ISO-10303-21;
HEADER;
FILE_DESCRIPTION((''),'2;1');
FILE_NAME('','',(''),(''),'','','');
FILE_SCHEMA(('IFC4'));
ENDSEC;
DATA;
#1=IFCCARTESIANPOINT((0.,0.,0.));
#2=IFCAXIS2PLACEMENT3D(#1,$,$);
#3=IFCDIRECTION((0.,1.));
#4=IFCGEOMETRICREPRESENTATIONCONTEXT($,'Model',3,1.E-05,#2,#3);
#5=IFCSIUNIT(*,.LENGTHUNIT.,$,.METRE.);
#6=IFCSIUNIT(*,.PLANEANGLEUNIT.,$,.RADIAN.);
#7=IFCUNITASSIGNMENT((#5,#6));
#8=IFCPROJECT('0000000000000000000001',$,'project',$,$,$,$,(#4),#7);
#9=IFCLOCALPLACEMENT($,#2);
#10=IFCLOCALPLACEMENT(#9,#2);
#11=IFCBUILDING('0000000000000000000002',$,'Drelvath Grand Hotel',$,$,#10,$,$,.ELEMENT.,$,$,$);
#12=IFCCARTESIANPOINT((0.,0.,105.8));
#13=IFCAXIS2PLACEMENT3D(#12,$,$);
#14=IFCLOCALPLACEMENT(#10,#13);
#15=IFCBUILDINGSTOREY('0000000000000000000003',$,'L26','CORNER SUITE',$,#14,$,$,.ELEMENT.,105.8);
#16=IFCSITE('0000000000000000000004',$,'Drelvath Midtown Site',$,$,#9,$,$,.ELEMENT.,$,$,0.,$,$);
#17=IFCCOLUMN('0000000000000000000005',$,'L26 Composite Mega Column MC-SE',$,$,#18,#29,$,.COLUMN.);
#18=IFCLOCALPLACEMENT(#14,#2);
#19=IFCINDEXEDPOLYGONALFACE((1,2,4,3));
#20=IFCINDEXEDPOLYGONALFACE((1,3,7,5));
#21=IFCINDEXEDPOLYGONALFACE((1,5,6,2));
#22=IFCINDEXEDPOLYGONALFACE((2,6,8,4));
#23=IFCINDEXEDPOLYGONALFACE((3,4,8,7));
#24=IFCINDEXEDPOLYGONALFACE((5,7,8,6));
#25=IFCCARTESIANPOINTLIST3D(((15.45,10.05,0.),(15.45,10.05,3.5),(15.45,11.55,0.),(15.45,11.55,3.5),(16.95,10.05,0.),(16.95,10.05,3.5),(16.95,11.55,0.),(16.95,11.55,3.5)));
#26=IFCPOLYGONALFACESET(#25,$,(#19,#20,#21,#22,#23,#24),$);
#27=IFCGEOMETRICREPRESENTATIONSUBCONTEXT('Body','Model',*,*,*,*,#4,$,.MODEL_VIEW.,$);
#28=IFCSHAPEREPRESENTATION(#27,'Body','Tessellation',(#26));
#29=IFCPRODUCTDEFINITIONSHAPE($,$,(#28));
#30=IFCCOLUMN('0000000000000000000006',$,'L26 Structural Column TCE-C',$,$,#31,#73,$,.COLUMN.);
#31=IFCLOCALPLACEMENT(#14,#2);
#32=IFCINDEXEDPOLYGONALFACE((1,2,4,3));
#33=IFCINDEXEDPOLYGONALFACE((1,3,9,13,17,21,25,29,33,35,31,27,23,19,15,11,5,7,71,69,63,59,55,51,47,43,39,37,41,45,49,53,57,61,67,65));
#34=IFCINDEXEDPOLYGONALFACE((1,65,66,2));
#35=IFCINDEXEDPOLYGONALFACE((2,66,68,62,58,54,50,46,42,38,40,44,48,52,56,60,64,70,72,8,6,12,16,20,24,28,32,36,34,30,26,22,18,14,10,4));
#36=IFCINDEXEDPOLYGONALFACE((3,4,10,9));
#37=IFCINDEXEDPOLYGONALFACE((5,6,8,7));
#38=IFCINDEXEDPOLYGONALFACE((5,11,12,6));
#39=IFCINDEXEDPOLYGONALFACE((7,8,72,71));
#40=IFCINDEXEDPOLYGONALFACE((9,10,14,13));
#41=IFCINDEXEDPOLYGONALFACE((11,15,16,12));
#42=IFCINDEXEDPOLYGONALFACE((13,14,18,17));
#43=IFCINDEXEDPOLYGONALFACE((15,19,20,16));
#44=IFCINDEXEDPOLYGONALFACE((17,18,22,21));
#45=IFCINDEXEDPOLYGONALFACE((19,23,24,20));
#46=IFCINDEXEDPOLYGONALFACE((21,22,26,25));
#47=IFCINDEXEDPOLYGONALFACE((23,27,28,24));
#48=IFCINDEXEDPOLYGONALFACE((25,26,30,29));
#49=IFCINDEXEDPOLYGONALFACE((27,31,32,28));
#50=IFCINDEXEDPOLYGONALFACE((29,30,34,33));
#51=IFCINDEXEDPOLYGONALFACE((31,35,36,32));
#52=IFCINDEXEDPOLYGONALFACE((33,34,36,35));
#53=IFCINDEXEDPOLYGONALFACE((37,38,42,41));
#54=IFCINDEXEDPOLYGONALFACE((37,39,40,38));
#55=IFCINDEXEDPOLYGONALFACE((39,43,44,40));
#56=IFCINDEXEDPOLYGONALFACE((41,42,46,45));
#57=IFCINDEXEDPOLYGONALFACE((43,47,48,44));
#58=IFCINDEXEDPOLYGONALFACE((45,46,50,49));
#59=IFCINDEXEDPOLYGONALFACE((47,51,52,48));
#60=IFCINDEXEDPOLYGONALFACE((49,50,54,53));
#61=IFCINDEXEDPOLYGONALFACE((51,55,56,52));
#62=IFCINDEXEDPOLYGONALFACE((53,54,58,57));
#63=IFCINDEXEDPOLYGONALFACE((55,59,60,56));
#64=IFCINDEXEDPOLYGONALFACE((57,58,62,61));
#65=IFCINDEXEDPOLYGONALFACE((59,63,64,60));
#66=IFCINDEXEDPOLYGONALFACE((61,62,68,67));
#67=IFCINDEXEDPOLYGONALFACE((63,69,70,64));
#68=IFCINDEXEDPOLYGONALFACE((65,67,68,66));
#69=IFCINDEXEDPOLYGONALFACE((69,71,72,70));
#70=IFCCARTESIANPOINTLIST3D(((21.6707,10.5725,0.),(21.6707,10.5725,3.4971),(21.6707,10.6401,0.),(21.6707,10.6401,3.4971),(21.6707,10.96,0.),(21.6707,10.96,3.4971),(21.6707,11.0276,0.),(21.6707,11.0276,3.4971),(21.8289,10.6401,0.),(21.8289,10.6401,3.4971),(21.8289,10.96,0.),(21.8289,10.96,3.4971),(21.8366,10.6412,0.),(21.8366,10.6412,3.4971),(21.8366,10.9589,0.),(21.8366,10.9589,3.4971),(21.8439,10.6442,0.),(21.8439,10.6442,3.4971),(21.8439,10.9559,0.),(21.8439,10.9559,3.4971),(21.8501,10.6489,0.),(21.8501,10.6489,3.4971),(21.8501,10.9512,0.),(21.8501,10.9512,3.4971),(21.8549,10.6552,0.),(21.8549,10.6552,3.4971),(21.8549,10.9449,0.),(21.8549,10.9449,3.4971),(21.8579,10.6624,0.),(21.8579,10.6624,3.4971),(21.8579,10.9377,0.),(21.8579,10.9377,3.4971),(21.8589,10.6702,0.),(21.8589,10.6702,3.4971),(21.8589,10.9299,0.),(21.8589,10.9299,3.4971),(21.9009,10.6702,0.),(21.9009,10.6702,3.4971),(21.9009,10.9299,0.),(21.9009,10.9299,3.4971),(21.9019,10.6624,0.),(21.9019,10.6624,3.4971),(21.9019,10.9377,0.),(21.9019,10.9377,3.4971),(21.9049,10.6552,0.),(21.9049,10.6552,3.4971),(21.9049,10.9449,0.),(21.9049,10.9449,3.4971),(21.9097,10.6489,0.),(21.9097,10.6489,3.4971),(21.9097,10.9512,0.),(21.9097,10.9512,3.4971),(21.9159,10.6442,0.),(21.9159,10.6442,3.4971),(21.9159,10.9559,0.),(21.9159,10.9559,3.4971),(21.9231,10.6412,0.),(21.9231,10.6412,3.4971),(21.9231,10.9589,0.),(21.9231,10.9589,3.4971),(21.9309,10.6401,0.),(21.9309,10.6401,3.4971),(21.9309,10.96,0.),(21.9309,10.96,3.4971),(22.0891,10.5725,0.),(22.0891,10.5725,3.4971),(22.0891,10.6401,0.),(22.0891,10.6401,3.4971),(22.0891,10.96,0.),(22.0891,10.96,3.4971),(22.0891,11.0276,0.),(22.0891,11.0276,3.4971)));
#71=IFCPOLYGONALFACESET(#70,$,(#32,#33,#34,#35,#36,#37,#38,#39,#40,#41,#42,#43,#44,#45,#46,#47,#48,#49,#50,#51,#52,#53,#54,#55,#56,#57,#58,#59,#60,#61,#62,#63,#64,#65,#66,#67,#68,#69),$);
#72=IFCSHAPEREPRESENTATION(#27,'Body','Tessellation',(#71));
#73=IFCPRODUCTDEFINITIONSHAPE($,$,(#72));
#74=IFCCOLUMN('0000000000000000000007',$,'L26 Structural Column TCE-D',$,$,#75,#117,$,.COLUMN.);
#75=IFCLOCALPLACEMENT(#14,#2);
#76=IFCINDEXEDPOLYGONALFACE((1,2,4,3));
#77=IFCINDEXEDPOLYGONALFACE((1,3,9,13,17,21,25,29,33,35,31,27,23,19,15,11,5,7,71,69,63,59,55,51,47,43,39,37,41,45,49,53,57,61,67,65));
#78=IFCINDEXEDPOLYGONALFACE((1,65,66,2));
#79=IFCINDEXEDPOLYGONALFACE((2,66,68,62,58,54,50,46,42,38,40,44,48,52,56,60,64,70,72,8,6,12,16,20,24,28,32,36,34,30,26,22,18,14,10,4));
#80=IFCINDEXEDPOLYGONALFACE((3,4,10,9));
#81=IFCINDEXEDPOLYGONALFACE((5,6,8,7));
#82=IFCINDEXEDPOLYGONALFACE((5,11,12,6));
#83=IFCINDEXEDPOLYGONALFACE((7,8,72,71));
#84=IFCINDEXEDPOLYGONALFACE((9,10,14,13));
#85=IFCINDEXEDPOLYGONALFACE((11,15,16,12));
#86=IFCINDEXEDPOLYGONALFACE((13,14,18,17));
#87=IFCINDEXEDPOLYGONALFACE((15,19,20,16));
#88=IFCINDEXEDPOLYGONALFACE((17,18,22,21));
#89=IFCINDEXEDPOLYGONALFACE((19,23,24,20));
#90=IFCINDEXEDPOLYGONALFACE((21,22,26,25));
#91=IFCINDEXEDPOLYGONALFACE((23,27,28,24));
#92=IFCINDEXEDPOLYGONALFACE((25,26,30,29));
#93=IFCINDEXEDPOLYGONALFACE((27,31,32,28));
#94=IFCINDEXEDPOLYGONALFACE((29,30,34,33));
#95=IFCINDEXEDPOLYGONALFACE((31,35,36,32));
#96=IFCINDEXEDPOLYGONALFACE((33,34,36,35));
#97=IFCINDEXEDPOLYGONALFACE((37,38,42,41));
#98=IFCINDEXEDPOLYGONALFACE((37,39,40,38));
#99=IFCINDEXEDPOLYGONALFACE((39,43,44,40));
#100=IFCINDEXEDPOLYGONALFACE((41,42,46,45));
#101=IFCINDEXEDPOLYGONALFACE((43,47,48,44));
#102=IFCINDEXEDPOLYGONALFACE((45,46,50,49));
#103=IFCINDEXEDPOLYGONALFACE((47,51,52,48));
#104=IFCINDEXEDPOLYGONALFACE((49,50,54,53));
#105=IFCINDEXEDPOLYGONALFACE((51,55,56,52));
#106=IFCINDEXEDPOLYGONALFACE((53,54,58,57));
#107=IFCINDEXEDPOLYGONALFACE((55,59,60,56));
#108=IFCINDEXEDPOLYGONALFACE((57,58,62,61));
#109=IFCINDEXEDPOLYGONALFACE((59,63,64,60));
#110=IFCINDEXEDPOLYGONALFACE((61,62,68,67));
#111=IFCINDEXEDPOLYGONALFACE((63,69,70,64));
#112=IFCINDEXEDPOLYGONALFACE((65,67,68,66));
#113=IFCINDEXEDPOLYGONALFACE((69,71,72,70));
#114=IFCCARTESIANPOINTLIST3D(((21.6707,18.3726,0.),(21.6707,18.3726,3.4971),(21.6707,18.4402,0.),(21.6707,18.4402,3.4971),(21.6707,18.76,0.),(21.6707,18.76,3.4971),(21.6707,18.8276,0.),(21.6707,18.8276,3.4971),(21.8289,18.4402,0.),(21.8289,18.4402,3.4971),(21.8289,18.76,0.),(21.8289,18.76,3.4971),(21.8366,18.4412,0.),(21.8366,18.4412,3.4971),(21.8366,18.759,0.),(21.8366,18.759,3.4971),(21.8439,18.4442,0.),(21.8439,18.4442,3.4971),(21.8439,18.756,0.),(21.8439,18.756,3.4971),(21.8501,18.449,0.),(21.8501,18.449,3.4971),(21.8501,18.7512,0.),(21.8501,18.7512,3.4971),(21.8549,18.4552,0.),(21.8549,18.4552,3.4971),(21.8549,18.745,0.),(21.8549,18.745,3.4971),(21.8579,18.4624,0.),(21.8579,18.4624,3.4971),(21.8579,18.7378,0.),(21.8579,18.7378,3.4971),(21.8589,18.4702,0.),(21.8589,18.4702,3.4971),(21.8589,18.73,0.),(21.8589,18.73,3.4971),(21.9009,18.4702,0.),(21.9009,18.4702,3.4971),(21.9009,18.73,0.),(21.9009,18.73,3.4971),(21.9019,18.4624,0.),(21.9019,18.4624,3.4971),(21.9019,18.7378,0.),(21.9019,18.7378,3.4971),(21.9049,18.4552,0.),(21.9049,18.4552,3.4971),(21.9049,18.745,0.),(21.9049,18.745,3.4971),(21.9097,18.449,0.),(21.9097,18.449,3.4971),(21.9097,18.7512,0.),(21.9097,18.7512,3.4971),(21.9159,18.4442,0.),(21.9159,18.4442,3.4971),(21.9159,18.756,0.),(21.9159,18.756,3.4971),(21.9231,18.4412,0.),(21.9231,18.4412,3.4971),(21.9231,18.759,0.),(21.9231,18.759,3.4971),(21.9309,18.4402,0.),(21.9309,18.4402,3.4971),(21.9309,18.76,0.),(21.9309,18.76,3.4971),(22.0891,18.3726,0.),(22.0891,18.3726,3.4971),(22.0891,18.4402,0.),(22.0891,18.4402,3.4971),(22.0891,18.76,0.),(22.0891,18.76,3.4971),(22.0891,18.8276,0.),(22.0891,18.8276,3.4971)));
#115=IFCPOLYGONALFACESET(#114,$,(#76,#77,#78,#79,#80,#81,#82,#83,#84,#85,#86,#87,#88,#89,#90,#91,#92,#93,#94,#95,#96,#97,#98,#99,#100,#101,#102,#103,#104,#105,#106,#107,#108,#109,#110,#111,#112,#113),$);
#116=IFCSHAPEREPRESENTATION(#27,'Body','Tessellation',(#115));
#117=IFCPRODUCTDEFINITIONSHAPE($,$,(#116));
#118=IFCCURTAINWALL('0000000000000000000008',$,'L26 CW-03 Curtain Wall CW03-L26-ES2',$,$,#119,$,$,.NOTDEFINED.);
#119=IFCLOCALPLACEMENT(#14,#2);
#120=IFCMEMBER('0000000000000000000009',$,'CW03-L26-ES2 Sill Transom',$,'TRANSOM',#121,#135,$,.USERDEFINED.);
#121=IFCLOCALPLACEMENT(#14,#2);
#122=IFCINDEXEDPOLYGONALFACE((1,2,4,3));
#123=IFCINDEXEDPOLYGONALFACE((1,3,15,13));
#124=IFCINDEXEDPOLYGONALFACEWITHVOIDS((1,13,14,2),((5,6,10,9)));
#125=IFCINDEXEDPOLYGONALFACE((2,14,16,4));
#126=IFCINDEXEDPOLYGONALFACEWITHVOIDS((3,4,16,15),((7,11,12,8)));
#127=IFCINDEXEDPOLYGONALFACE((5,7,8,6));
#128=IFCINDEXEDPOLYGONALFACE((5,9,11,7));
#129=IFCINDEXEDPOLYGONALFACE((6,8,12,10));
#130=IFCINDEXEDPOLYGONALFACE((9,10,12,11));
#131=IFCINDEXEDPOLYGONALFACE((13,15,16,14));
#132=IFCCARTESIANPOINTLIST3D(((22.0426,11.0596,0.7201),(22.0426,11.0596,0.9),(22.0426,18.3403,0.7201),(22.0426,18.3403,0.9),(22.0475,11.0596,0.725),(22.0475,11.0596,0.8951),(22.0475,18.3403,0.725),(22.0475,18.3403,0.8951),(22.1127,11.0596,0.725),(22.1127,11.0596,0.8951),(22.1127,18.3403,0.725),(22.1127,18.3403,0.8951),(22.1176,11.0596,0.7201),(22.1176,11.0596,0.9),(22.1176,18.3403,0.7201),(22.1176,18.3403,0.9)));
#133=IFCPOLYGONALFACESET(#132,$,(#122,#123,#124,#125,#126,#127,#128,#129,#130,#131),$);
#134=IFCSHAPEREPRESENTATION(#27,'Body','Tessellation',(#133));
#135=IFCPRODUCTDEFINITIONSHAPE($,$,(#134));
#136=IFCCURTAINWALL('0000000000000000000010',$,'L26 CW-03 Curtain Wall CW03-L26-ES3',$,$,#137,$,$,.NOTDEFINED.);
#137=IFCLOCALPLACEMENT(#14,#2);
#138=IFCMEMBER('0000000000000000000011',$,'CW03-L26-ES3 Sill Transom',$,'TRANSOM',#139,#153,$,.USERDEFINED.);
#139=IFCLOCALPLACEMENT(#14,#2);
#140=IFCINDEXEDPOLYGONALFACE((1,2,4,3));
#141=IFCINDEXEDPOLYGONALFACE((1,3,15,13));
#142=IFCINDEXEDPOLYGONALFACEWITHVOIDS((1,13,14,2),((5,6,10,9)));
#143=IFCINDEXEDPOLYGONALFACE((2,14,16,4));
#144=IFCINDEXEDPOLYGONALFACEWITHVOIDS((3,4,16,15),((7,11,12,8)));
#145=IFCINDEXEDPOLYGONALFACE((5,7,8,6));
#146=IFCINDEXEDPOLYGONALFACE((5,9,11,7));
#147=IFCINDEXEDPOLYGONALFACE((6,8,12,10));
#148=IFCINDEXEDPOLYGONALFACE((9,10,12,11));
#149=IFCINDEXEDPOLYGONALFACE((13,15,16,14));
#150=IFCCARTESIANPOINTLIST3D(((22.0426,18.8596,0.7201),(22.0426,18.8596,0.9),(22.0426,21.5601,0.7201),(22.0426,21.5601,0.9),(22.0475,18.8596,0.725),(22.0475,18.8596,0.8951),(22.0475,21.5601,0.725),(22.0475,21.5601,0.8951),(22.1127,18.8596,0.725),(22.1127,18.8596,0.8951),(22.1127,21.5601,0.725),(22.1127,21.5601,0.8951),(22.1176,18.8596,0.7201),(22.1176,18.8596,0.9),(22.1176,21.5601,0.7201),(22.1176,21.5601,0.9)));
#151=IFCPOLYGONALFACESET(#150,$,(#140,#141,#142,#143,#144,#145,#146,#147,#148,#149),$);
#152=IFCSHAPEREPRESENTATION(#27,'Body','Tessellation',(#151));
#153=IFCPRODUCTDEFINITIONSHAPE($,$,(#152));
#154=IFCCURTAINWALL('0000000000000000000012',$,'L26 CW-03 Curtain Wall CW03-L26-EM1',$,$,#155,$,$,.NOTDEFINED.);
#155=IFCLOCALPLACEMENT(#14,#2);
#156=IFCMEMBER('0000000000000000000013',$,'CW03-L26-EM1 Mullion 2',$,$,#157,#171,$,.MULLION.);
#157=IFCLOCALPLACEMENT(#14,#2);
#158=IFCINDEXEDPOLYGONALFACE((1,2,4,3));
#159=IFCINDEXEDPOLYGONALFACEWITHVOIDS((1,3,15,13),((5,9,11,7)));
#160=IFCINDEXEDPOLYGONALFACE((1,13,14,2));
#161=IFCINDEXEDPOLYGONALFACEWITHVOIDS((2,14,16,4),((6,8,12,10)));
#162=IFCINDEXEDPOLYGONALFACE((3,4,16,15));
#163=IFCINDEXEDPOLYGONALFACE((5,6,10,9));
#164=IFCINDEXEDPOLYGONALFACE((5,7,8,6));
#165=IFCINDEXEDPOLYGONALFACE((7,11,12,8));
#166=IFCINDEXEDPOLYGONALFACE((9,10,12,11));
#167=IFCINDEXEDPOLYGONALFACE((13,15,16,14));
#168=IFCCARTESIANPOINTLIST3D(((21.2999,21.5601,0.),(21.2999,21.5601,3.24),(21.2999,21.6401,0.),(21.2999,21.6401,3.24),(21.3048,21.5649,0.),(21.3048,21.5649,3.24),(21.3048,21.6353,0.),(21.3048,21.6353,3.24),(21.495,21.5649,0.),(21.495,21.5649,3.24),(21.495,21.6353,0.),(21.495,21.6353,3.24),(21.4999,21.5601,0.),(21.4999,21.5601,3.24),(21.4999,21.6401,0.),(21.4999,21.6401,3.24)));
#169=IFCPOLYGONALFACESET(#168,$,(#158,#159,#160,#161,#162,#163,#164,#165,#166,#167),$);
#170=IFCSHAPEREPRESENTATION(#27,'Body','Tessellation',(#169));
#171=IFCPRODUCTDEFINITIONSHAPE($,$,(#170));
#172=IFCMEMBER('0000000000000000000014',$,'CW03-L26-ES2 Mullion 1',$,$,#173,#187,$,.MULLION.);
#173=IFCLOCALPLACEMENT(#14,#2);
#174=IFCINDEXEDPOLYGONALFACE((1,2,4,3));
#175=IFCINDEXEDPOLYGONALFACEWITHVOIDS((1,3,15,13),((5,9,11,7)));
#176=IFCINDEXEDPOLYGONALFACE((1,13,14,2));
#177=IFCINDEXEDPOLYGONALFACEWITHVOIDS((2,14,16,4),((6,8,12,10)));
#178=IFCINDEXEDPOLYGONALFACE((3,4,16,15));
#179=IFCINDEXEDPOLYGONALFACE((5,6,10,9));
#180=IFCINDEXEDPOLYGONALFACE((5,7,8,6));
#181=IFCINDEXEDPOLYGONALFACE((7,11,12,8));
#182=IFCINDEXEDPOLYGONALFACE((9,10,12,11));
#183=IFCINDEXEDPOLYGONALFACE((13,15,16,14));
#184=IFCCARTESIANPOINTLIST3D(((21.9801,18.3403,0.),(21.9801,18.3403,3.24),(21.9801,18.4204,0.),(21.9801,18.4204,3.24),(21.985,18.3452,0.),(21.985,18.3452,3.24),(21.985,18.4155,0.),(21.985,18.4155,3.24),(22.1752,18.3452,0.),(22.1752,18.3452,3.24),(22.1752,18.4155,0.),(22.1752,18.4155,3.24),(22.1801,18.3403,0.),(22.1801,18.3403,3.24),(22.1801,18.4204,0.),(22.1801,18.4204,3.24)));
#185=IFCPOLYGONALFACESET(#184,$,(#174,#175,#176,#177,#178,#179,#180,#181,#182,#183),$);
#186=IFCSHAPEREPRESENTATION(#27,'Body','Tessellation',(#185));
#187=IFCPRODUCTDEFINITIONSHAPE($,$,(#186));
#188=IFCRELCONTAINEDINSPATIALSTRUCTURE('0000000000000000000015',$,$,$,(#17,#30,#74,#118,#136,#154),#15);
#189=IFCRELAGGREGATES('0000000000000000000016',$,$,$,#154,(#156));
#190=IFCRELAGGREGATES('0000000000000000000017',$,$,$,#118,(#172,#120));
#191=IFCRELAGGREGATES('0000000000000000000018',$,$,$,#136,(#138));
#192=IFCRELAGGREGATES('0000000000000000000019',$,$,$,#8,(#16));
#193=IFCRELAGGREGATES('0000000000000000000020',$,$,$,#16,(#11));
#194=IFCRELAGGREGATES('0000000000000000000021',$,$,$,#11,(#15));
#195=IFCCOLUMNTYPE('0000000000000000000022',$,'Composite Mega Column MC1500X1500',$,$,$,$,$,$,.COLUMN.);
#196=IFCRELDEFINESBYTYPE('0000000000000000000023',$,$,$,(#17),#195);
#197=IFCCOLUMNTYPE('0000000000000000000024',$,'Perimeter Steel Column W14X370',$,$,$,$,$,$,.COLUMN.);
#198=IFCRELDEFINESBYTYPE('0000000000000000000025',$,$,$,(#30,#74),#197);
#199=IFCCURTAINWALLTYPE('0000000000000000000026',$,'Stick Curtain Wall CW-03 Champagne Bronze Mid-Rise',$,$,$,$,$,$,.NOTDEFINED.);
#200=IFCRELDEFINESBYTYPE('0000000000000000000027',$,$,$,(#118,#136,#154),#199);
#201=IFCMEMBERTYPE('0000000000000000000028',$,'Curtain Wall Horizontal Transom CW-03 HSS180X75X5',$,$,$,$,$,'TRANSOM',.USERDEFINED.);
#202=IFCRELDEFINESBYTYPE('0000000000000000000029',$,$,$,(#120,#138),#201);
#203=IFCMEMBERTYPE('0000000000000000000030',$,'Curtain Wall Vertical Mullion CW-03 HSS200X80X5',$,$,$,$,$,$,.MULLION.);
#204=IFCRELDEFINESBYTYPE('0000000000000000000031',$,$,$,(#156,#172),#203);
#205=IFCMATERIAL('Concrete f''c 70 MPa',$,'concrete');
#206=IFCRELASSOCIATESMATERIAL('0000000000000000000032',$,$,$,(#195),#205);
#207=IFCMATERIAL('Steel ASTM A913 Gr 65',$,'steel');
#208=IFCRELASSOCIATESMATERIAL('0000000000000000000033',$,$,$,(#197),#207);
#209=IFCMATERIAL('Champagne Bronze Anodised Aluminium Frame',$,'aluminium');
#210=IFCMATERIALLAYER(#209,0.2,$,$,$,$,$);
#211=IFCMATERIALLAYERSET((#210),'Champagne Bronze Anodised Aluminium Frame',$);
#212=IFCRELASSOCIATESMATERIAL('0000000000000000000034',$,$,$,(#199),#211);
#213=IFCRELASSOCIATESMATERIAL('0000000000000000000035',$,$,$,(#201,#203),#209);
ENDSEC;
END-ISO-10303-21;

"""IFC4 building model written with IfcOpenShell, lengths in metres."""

from ifc_helpers import new_model, si_unit, direction, frame, origin, origin_2d, place, context, subcontext, project, spatial, rectangle, hollow_rectangle, i_section, extrude, material, layer, layer_set, material_profile, profile_set, type_object, element, aggregate, save


model = new_model("IFC4")

# Units and contexts
model_context = context("Model", 3, precision=1e-05, world=origin(), true_north=direction((0.0, 1.0)))
body_context = subcontext(model_context, "Body", "Model", "MODEL_VIEW")
ifc_project = project(units=[si_unit("LENGTHUNIT", "METRE"), si_unit("PLANEANGLEUNIT", "RADIAN")], contexts=[model_context])

# Site, building, storey
site_placement = place(None, origin())
site = spatial("IfcSite", under=ifc_project, at=site_placement, Name="Drelvath Midtown Site", CompositionType="ELEMENT", RefElevation=0.0)
building_placement = place(site_placement, origin())
building = spatial("IfcBuilding", under=site, at=building_placement, Name="Drelvath Grand Hotel", CompositionType="ELEMENT")
storey_placement = place(building_placement, frame((0.0, 0.0, 105.8)))
storey = spatial("IfcBuildingStorey", under=building, at=storey_placement, Name="L26", Description="CORNER SUITE", CompositionType="ELEMENT", Elevation=105.8)

# Columns
ifc_material_1 = material(Name="Concrete f'c 70 MPa", Category="concrete")
ifc_material_profile_1 = material_profile(ifc_material_1, rectangle(XDim=1.5, YDim=1.5, at=origin_2d()), Name="MC1500X1500")
ifc_profile_set_1 = profile_set([ifc_material_profile_1], Name="Concrete f'c 70 MPa")
column_type_1 = type_object("IfcColumnType", Name="Composite Mega Column MC1500X1500", PredefinedType="COLUMN", material=ifc_profile_set_1)
column_placement = place(storey_placement, frame((16.2, 10.8, 0.0), z_axis=(0.0, 0.0, 1.0), x_axis=(1.0, 0.0, 0.0)))
element("IfcColumn", 1, at=column_placement, inside=storey, type_object=column_type_1, Name="L26 Composite Mega Column MC-SE", PredefinedType="COLUMN", context=body_context, shape_type="SweptSolid", body=[
    extrude(rectangle(XDim=1.5, YDim=1.5, at=origin_2d()), origin(), (0.0, 0.0, 1.0), 3.5),
])
ifc_material_2 = material(Name="Steel ASTM A913 Gr 65", Category="steel")
ifc_material_profile_2 = material_profile(ifc_material_2, i_section(OverallWidth=0.4185, OverallDepth=0.4551, WebThickness=0.042, FlangeThickness=0.0676, FilletRadius=0.03, at=origin_2d()), Name="W14X370")
ifc_profile_set_2 = profile_set([ifc_material_profile_2], Name="Steel ASTM A913 Gr 65")
column_type_2 = type_object("IfcColumnType", Name="Perimeter Steel Column W14X370", PredefinedType="COLUMN", material=ifc_profile_set_2)
for number, where, z_axis, x_axis, name in (
    (2, (21.8799, 10.8, 0.0), (0.0, 0.0, 1.0), (1.0, 0.0, 0.0), "L26 Structural Column TCE-C"),
    (3, (21.8799, 18.6001, 0.0), (0.0, 0.0, 1.0), (1.0, 0.0, 0.0), "L26 Structural Column TCE-D"),
):
    element("IfcColumn", number, at=place(storey_placement, frame(where, z_axis=z_axis, x_axis=x_axis)), inside=storey, type_object=column_type_2, Name=name, PredefinedType="COLUMN", context=body_context, shape_type="SweptSolid", body=[
        extrude(i_section(OverallWidth=0.4185, OverallDepth=0.4551, WebThickness=0.042, FlangeThickness=0.0676, FilletRadius=0.03, at=origin_2d()), origin(), (0.0, 0.0, 1.0), 3.4971),
    ])

# Curtain walls, members
ifc_material_3 = material(Name="Champagne Bronze Anodised Aluminium Frame", Category="aluminium")
ifc_layer_1 = layer(ifc_material_3, 0.2)
ifc_layer_set_1 = layer_set([ifc_layer_1], Name="Champagne Bronze Anodised Aluminium Frame")
curtain_wall_type = type_object("IfcCurtainWallType", Name="Stick Curtain Wall CW-03 Champagne Bronze Mid-Rise", PredefinedType="NOTDEFINED", material=ifc_layer_set_1)
curtain_wall_1_placement = place(storey_placement, origin())
curtain_wall_1 = element("IfcCurtainWall", 4, at=curtain_wall_1_placement, inside=storey, type_object=curtain_wall_type, Name="L26 CW-03 Curtain Wall CW03-L26-ES2", PredefinedType="NOTDEFINED")
ifc_material_profile_3 = material_profile(ifc_material_3, hollow_rectangle(XDim=0.075, YDim=0.1799, WallThickness=0.0049, at=origin_2d()), Name="HSS180X75X5")
ifc_profile_set_3 = profile_set([ifc_material_profile_3], Name="Champagne Bronze Anodised Aluminium Frame")
member_type_1 = type_object("IfcMemberType", Name="Curtain Wall Horizontal Transom CW-03 HSS180X75X5", ElementType="TRANSOM", PredefinedType="USERDEFINED", material=ifc_profile_set_3)
member_1_placement = place(storey_placement, frame((22.0801, 18.3403, 0.8101), z_axis=(0.0, -1.0, 0.0), x_axis=(1.0, 0.0, 0.0)))
member_1 = element("IfcMember", 5, at=member_1_placement, type_object=member_type_1, Name="CW03-L26-ES2 Sill Transom", ObjectType="TRANSOM", PredefinedType="USERDEFINED", context=body_context, shape_type="SweptSolid", body=[
    extrude(hollow_rectangle(XDim=0.075, YDim=0.1799, WallThickness=0.0049, at=origin_2d()), origin(), (0.0, 0.0, 1.0), 7.2808),
])
curtain_wall_2_placement = place(storey_placement, origin())
curtain_wall_2 = element("IfcCurtainWall", 6, at=curtain_wall_2_placement, inside=storey, type_object=curtain_wall_type, Name="L26 CW-03 Curtain Wall CW03-L26-ES3", PredefinedType="NOTDEFINED")
member_2_placement = place(storey_placement, frame((22.0801, 21.5601, 0.8101), z_axis=(0.0, -1.0, 0.0), x_axis=(1.0, 0.0, 0.0)))
member_2 = element("IfcMember", 7, at=member_2_placement, type_object=member_type_1, Name="CW03-L26-ES3 Sill Transom", ObjectType="TRANSOM", PredefinedType="USERDEFINED", context=body_context, shape_type="SweptSolid", body=[
    extrude(hollow_rectangle(XDim=0.075, YDim=0.1799, WallThickness=0.0049, at=origin_2d()), origin(), (0.0, 0.0, 1.0), 2.7004),
])
curtain_wall_3_placement = place(storey_placement, origin())
curtain_wall_3 = element("IfcCurtainWall", 8, at=curtain_wall_3_placement, inside=storey, type_object=curtain_wall_type, Name="L26 CW-03 Curtain Wall CW03-L26-EM1", PredefinedType="NOTDEFINED")
ifc_material_profile_4 = material_profile(ifc_material_3, hollow_rectangle(XDim=0.0801, YDim=0.2, WallThickness=0.0049, at=origin_2d()), Name="HSS200X80X5")
ifc_profile_set_4 = profile_set([ifc_material_profile_4], Name="Champagne Bronze Anodised Aluminium Frame")
member_type_2 = type_object("IfcMemberType", Name="Curtain Wall Vertical Mullion CW-03 HSS200X80X5", PredefinedType="MULLION", material=ifc_profile_set_4)
member_3_placement = place(storey_placement, frame((21.3999, 21.6001, 0.0), z_axis=(0.0, 0.0, 1.0), x_axis=(0.0, 1.0, 0.0)))
member_3 = element("IfcMember", 9, at=member_3_placement, type_object=member_type_2, Name="CW03-L26-EM1 Mullion 2", PredefinedType="MULLION", context=body_context, shape_type="SweptSolid", body=[
    extrude(hollow_rectangle(XDim=0.0801, YDim=0.2, WallThickness=0.0049, at=origin_2d()), origin(), (0.0, 0.0, 1.0), 3.24),
])

# Member
member_4_placement = place(storey_placement, frame((22.0801, 18.3804, 0.0), z_axis=(0.0, 0.0, 1.0), x_axis=(0.0, 1.0, 0.0)))
member_4 = element("IfcMember", 10, at=member_4_placement, type_object=member_type_2, Name="CW03-L26-ES2 Mullion 1", PredefinedType="MULLION", context=body_context, shape_type="SweptSolid", body=[
    extrude(hollow_rectangle(XDim=0.0801, YDim=0.2, WallThickness=0.0049, at=origin_2d()), origin(), (0.0, 0.0, 1.0), 3.24),
])

aggregate(curtain_wall_3, [member_3])
aggregate(curtain_wall_1, [member_4, member_1])
aggregate(curtain_wall_2, [member_2])

save(model, "model.ifc")
